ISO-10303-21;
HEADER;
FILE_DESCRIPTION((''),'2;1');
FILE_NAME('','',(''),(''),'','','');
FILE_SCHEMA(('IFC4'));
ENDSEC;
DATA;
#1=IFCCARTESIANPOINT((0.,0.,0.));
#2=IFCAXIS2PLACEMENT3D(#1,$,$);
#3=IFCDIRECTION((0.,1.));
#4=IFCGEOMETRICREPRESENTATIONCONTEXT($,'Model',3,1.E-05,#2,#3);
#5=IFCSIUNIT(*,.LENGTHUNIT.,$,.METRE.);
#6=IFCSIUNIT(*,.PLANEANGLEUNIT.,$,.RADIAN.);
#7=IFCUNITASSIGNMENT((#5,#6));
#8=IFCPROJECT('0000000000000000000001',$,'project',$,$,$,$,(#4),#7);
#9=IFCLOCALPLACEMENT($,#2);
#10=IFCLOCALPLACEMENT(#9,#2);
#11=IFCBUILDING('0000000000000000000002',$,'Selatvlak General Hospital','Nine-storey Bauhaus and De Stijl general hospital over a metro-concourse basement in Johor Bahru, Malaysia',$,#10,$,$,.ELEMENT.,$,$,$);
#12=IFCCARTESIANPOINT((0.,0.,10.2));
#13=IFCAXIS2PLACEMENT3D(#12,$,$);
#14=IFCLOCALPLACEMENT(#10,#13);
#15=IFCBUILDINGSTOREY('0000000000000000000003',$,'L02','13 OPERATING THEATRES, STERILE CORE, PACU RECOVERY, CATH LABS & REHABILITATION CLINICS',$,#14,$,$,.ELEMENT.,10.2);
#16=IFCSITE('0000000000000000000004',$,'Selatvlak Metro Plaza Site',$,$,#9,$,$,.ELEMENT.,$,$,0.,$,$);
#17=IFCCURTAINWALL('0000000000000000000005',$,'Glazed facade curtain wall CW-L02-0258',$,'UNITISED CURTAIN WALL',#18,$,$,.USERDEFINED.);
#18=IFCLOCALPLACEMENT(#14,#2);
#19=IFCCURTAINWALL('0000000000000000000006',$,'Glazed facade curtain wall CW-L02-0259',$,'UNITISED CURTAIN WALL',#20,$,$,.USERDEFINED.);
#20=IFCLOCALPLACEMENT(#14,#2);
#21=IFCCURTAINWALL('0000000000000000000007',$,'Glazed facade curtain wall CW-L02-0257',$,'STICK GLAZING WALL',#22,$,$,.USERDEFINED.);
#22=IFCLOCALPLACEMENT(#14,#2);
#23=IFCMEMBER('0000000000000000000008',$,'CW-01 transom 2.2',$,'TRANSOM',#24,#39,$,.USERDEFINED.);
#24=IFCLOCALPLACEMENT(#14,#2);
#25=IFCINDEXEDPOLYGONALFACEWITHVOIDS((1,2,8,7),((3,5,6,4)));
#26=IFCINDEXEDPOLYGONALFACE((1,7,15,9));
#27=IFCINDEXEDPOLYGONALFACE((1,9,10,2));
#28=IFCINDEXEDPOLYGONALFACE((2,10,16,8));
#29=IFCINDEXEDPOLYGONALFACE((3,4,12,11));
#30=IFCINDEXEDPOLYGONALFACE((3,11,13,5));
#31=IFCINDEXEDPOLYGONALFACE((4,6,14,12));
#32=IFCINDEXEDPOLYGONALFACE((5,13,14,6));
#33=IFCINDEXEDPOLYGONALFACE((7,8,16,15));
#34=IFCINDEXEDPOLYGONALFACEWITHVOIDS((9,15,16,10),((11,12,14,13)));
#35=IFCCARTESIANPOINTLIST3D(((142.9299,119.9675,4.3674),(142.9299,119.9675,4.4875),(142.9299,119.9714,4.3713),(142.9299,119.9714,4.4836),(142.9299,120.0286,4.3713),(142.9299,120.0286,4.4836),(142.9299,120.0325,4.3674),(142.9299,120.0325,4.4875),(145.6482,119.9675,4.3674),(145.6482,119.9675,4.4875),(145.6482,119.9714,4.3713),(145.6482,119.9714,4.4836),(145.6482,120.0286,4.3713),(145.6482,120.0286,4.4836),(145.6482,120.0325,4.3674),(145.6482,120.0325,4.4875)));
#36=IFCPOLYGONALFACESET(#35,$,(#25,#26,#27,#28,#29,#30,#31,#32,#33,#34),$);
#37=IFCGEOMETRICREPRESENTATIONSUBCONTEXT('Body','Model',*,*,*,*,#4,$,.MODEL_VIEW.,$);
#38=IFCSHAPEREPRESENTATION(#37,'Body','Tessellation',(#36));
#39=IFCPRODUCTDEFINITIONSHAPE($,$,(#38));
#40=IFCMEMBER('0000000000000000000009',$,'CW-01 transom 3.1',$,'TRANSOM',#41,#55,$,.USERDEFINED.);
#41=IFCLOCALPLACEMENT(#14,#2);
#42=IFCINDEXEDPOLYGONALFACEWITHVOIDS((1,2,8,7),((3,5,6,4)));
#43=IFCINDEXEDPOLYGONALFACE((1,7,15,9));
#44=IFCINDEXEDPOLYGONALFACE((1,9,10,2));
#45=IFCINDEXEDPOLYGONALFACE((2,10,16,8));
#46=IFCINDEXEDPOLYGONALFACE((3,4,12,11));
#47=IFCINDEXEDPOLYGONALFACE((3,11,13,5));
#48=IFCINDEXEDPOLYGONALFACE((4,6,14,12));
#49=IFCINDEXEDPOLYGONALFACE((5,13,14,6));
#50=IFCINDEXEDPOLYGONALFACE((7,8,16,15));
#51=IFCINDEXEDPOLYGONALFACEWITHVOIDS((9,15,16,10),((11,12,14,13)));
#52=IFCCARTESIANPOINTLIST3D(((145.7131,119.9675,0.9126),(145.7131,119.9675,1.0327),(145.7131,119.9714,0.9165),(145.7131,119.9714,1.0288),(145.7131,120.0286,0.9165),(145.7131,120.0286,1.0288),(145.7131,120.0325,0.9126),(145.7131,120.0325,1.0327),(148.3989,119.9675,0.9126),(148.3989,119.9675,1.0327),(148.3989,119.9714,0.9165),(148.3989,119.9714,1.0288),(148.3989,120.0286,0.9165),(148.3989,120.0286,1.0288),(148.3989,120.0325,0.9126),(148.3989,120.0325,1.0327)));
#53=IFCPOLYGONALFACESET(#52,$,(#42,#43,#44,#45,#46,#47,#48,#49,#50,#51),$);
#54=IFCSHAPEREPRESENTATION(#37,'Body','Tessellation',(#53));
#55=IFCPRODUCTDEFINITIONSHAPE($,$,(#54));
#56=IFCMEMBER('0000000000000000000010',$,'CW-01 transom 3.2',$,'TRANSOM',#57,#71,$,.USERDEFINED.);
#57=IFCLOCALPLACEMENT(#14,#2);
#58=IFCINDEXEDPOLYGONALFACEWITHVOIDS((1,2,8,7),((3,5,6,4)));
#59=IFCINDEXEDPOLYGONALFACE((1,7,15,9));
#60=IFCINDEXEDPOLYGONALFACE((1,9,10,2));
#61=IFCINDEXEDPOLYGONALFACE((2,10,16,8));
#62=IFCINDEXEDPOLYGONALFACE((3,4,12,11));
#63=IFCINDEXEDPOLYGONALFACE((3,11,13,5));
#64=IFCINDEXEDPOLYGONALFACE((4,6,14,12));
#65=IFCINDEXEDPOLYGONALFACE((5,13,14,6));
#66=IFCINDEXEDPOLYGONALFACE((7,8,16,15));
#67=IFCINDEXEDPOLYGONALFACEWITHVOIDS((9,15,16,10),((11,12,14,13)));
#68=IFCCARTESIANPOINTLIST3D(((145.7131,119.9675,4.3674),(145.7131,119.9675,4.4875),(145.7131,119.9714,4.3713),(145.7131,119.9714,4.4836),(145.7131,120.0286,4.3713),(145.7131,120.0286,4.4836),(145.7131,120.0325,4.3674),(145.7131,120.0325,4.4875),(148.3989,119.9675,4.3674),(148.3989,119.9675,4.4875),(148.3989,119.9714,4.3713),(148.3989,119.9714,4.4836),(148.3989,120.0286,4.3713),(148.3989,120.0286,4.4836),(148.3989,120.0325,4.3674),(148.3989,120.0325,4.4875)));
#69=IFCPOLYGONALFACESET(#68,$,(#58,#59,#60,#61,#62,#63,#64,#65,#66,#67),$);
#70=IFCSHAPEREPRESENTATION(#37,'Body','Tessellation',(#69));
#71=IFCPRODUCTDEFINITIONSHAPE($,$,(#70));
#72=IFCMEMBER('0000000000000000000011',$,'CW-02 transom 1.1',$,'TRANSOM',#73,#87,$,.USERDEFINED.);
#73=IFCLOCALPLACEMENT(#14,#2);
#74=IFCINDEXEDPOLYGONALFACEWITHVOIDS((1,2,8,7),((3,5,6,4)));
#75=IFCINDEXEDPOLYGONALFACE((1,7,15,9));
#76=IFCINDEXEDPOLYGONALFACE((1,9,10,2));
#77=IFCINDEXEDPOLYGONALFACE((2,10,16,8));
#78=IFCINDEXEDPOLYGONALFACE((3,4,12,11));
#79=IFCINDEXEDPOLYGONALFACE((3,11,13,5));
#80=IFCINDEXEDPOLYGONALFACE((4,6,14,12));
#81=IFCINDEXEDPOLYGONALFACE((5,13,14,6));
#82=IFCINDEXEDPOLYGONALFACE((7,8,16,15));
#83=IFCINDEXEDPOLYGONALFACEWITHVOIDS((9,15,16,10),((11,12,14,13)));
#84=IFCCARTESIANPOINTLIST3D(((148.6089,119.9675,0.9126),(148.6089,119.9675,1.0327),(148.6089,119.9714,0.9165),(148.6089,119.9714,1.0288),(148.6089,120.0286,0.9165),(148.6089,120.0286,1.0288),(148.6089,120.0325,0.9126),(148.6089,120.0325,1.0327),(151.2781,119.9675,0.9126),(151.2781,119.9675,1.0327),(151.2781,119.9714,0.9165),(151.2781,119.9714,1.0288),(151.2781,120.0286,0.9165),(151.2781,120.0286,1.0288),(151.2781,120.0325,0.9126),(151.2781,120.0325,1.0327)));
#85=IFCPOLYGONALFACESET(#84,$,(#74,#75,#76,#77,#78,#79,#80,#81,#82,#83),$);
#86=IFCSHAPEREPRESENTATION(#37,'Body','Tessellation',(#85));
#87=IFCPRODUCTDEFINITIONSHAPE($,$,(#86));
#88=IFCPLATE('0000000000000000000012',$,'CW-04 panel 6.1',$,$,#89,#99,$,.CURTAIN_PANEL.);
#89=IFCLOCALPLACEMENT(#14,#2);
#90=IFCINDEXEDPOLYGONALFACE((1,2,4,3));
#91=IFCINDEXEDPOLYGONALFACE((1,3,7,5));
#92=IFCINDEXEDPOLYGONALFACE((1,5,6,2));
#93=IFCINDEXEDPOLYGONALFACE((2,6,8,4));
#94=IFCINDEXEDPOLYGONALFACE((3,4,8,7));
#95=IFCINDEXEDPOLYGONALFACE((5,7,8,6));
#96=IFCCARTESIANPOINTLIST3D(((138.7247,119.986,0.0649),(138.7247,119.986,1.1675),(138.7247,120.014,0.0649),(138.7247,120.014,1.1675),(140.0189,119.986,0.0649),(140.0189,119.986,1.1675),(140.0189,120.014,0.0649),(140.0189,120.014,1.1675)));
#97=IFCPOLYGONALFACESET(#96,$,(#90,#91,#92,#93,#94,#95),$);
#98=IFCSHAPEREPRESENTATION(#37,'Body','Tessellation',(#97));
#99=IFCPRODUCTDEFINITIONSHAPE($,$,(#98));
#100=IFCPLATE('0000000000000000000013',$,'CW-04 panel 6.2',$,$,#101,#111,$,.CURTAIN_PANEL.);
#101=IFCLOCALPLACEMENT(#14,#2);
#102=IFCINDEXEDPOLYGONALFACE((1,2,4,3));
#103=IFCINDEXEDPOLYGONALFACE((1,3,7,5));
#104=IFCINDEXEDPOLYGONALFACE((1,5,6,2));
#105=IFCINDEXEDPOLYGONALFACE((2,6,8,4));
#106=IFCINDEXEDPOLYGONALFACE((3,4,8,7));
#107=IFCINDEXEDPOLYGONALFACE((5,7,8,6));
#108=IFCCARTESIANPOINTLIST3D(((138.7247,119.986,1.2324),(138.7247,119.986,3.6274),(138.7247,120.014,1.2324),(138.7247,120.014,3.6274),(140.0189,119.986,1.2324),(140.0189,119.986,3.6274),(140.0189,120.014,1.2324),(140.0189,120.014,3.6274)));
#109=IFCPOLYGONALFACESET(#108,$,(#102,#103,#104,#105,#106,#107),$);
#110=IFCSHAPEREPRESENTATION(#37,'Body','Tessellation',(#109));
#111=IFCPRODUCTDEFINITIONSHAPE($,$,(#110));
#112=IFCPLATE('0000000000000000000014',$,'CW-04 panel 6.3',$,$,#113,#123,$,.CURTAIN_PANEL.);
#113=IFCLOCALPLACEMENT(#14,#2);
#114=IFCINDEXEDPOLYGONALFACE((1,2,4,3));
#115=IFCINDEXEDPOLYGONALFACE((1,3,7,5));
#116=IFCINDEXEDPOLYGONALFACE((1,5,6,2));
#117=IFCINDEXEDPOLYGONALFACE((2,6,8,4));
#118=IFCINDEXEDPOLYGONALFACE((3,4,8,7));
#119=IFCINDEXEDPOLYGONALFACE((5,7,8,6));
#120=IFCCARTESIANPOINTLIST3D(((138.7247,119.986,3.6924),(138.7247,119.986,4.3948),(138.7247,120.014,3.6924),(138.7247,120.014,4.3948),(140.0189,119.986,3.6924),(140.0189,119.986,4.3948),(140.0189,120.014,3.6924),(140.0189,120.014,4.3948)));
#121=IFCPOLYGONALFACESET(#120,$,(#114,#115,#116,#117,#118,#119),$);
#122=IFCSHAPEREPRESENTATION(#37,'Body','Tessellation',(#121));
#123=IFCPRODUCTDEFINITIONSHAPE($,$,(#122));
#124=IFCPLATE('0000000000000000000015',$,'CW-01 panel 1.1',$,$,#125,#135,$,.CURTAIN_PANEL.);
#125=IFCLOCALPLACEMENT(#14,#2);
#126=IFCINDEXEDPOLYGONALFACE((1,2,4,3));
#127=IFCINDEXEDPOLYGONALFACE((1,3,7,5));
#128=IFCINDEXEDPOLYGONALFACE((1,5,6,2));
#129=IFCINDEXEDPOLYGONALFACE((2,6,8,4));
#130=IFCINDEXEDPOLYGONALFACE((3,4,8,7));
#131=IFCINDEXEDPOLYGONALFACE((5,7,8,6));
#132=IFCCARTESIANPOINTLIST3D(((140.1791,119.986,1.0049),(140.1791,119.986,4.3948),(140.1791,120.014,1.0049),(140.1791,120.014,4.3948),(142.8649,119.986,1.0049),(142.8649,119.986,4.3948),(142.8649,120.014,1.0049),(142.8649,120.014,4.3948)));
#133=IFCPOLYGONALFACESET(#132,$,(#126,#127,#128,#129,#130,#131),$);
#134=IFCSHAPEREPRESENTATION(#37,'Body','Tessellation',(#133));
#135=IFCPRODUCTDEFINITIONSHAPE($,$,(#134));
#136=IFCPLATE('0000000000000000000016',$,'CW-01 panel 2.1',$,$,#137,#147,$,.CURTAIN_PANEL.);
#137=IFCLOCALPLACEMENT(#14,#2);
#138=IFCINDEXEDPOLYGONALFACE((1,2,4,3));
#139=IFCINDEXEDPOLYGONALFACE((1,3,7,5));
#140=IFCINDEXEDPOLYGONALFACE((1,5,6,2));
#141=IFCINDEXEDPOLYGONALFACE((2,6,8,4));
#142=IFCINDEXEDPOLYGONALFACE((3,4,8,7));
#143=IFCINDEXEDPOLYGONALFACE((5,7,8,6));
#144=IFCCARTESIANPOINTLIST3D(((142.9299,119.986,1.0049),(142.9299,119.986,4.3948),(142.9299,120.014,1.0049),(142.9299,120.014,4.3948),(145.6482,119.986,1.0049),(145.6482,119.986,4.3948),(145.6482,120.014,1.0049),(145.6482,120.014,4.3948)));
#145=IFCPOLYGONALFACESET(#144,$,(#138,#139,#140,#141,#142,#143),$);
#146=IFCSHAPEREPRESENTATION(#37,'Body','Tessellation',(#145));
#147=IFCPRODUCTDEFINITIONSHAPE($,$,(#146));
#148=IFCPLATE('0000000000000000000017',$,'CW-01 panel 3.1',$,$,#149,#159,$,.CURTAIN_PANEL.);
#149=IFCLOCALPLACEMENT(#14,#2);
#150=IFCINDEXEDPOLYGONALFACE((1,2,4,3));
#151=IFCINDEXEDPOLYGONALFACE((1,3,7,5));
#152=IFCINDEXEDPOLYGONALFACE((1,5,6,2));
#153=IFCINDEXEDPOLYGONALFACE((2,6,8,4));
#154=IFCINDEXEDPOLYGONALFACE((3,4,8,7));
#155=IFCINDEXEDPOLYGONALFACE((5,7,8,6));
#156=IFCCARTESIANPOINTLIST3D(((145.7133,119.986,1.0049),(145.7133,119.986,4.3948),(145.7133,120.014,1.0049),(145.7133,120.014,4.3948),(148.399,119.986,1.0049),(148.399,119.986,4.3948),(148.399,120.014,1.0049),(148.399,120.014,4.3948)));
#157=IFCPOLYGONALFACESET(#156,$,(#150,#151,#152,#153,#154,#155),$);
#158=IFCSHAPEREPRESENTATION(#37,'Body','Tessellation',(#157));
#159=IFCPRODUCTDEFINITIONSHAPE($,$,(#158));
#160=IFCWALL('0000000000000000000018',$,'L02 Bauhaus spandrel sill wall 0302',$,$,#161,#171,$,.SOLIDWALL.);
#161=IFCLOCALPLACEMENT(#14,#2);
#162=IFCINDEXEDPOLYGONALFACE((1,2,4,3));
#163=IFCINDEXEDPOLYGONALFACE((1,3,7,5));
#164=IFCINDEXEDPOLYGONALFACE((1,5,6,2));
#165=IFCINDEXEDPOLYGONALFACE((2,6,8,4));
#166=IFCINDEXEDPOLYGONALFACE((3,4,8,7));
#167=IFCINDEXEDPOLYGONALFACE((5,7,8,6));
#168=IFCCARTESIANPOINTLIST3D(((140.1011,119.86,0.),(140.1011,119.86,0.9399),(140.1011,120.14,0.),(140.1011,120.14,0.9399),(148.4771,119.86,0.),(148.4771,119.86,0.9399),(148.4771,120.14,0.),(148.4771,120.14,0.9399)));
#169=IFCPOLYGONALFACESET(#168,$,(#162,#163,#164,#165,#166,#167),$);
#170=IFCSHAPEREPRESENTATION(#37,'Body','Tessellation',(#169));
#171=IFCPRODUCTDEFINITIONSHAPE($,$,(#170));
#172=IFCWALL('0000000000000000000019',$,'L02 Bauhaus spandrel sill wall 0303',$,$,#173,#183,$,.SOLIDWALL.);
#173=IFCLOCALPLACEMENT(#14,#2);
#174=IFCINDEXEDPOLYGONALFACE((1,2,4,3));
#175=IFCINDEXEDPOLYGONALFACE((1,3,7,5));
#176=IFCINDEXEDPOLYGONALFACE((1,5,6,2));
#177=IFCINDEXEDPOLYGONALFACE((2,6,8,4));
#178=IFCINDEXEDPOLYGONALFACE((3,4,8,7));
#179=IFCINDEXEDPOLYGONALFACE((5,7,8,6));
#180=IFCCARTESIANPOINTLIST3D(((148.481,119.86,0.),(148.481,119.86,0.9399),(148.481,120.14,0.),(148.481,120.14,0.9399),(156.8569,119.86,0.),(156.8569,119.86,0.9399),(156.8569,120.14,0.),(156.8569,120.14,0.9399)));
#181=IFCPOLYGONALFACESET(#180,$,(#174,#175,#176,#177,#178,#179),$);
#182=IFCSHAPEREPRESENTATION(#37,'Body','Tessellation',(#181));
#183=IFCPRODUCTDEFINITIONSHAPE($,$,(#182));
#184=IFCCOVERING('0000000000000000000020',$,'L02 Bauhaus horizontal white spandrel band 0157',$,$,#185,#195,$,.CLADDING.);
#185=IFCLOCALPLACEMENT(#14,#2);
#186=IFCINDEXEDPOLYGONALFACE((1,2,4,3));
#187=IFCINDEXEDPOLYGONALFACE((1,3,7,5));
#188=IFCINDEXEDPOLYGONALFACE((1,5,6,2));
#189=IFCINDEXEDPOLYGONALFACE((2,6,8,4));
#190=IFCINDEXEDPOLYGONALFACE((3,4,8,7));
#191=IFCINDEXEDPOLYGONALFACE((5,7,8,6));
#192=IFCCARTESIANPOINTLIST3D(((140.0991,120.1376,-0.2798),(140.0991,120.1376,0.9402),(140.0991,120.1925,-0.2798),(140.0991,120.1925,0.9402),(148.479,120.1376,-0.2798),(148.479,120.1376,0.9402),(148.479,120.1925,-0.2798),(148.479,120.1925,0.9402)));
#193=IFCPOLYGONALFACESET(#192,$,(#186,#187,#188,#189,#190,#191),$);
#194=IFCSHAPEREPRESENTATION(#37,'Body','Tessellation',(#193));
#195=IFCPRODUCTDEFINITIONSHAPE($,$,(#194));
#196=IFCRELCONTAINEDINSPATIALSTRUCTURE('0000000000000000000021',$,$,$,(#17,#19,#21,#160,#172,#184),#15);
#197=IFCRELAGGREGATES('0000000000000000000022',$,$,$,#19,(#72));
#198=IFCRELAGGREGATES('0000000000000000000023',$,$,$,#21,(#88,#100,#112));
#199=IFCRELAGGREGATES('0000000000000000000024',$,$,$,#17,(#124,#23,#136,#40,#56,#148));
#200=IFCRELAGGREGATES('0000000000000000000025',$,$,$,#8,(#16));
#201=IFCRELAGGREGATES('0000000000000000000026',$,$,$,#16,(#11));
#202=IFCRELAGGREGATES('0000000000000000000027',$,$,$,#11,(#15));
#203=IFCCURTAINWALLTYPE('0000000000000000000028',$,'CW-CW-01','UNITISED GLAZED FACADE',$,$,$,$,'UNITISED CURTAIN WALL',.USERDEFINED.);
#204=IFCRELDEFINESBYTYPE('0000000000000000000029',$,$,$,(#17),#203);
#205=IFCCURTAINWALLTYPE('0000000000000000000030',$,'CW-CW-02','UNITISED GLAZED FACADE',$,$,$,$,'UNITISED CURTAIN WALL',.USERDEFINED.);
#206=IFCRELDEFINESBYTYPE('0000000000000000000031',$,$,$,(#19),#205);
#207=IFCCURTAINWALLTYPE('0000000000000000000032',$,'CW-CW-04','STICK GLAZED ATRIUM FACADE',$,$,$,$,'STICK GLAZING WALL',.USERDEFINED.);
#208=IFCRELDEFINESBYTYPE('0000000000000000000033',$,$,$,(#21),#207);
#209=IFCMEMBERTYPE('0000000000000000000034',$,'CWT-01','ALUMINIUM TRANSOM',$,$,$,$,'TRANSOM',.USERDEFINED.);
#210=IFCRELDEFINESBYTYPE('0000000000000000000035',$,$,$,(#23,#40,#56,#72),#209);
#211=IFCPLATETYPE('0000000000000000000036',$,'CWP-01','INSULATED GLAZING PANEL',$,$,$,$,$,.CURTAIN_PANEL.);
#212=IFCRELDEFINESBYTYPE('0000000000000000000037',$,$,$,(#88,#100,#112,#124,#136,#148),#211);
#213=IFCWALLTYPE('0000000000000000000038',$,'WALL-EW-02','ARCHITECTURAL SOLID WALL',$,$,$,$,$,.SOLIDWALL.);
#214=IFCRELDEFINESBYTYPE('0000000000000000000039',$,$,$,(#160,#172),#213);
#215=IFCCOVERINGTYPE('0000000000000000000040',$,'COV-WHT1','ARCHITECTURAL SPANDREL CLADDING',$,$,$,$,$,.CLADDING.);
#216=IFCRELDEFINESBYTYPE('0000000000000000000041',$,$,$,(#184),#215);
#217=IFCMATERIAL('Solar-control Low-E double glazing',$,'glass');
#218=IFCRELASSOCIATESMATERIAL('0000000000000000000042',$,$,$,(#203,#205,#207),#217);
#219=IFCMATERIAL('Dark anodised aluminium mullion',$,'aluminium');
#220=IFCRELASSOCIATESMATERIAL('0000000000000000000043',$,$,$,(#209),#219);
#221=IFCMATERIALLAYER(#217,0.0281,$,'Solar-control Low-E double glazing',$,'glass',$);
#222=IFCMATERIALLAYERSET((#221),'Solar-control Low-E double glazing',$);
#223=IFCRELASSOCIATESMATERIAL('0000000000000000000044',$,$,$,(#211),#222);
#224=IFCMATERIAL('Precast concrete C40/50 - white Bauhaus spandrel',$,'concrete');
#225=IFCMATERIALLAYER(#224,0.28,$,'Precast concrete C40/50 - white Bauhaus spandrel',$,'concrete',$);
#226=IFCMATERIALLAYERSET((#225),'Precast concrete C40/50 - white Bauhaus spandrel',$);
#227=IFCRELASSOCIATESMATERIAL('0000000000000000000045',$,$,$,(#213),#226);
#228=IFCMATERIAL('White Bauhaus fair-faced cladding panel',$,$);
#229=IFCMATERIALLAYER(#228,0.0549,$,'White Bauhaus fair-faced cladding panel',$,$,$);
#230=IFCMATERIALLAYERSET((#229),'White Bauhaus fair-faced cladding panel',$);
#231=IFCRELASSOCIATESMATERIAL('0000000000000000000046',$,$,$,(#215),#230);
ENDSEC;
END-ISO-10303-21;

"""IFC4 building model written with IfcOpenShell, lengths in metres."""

from ifc_helpers import new_model, si_unit, direction, frame, frame_2d, origin, origin_2d, place, context, subcontext, project, spatial, rectangle, hollow_rectangle, extrude, material, layer, layer_set, material_profile, profile_set, type_object, element, aggregate, save


model = new_model("IFC4")

# Units and contexts
model_context = context("Model", 3, precision=1e-05, world=origin(), true_north=direction((0.0, 1.0)))
body_context = subcontext(model_context, "Body", "Model", "MODEL_VIEW")
ifc_project = project(units=[si_unit("LENGTHUNIT", "METRE"), si_unit("PLANEANGLEUNIT", "RADIAN")], contexts=[model_context])

# Site, building, storey
site_placement = place(None, origin())
site = spatial("IfcSite", under=ifc_project, at=site_placement, Name="Selatvlak Metro Plaza Site", CompositionType="ELEMENT", RefElevation=0.0)
building_placement = place(site_placement, origin())
building = spatial("IfcBuilding", under=site, at=building_placement, Name="Selatvlak General Hospital", Description="Nine-storey Bauhaus and De Stijl general hospital over a metro-concourse basement in Johor Bahru, Malaysia", CompositionType="ELEMENT")
storey_placement = place(building_placement, frame((0.0, 0.0, 10.2)))
storey = spatial("IfcBuildingStorey", under=building, at=storey_placement, Name="L02", Description="13 OPERATING THEATRES, STERILE CORE, PACU RECOVERY, CATH LABS & REHABILITATION CLINICS", CompositionType="ELEMENT", Elevation=10.2)

# Curtain wall
ifc_material_1 = material(Name="Solar-control Low-E double glazing", Category="glass")
curtain_wall_type_1 = type_object("IfcCurtainWallType", Name="CW-CW-01", Description="UNITISED GLAZED FACADE", ElementType="UNITISED CURTAIN WALL", PredefinedType="USERDEFINED", material=ifc_material_1)
curtain_wall_1_placement = place(storey_placement, origin())
curtain_wall_1 = element("IfcCurtainWall", 1, at=curtain_wall_1_placement, inside=storey, type_object=curtain_wall_type_1, Name="Glazed facade curtain wall CW-L02-0258", ObjectType="UNITISED CURTAIN WALL", PredefinedType="USERDEFINED")
ifc_material_2 = material(Name="Dark anodised aluminium mullion", Category="aluminium")

# Curtain wall
curtain_wall_type_2 = type_object("IfcCurtainWallType", Name="CW-CW-02", Description="UNITISED GLAZED FACADE", ElementType="UNITISED CURTAIN WALL", PredefinedType="USERDEFINED", material=ifc_material_1)
curtain_wall_2_placement = place(storey_placement, origin())
curtain_wall_2 = element("IfcCurtainWall", 2, at=curtain_wall_2_placement, inside=storey, type_object=curtain_wall_type_2, Name="Glazed facade curtain wall CW-L02-0259", ObjectType="UNITISED CURTAIN WALL", PredefinedType="USERDEFINED")

# Curtain wall
curtain_wall_type_3 = type_object("IfcCurtainWallType", Name="CW-CW-04", Description="STICK GLAZED ATRIUM FACADE", ElementType="STICK GLAZING WALL", PredefinedType="USERDEFINED", material=ifc_material_1)
curtain_wall_3_placement = place(storey_placement, origin())
curtain_wall_3 = element("IfcCurtainWall", 3, at=curtain_wall_3_placement, inside=storey, type_object=curtain_wall_type_3, Name="Glazed facade curtain wall CW-L02-0257", ObjectType="STICK GLAZING WALL", PredefinedType="USERDEFINED")
ifc_material_profile_1 = material_profile(ifc_material_2, hollow_rectangle(XDim=0.0649, YDim=0.1201, WallThickness=0.0039, at=origin_2d()), Name="AL-TRN 65x120x4")
ifc_profile_set_1 = profile_set([ifc_material_profile_1], Name="Dark anodised aluminium mullion")
member_type_1 = type_object("IfcMemberType", Name="CWT-01", Description="ALUMINIUM TRANSOM", ElementType="TRANSOM", PredefinedType="USERDEFINED", material=ifc_profile_set_1)

# Members
member_1_placement = place(storey_placement, frame((142.9299, 120.0, 4.4275), z_axis=(1.0, 0.0, 0.0), x_axis=(0.0, 1.0, 0.0)))
member_1 = element("IfcMember", 4, at=member_1_placement, type_object=member_type_1, Name="CW-01 transom 2.2", ObjectType="TRANSOM", PredefinedType="USERDEFINED", context=body_context, shape_type="SweptSolid", body=[
    extrude(hollow_rectangle(XDim=0.0649, YDim=0.1201, WallThickness=0.0039, at=origin_2d()), origin(), (0.0, 0.0, 1.0), 2.7183),
])
member_2_placement = place(storey_placement, frame((145.7131, 120.0, 0.9727), z_axis=(1.0, 0.0, 0.0), x_axis=(0.0, 1.0, 0.0)))
member_2 = element("IfcMember", 5, at=member_2_placement, type_object=member_type_1, Name="CW-01 transom 3.1", ObjectType="TRANSOM", PredefinedType="USERDEFINED", context=body_context, shape_type="SweptSolid", body=[
    extrude(hollow_rectangle(XDim=0.0649, YDim=0.1201, WallThickness=0.0039, at=origin_2d()), origin(), (0.0, 0.0, 1.0), 2.6858),
])
member_3_placement = place(storey_placement, frame((145.7131, 120.0, 4.4275), z_axis=(1.0, 0.0, 0.0), x_axis=(0.0, 1.0, 0.0)))
member_3 = element("IfcMember", 6, at=member_3_placement, type_object=member_type_1, Name="CW-01 transom 3.2", ObjectType="TRANSOM", PredefinedType="USERDEFINED", context=body_context, shape_type="SweptSolid", body=[
    extrude(hollow_rectangle(XDim=0.0649, YDim=0.1201, WallThickness=0.0039, at=origin_2d()), origin(), (0.0, 0.0, 1.0), 2.6858),
])
member_4_placement = place(storey_placement, frame((148.6089, 120.0, 0.9727), z_axis=(1.0, 0.0, 0.0), x_axis=(0.0, 1.0, 0.0)))
member_4 = element("IfcMember", 7, at=member_4_placement, type_object=member_type_1, Name="CW-02 transom 1.1", ObjectType="TRANSOM", PredefinedType="USERDEFINED", context=body_context, shape_type="SweptSolid", body=[
    extrude(hollow_rectangle(XDim=0.0649, YDim=0.1201, WallThickness=0.0039, at=origin_2d()), origin(), (0.0, 0.0, 1.0), 2.6692),
])
aggregate(curtain_wall_2, [member_4])

# Plates
ifc_layer_1 = layer(ifc_material_1, 0.0281, Name="Solar-control Low-E double glazing", Category="glass")
ifc_layer_set_1 = layer_set([ifc_layer_1], Name="Solar-control Low-E double glazing")
plate_type = type_object("IfcPlateType", Name="CWP-01", Description="INSULATED GLAZING PANEL", PredefinedType="CURTAIN_PANEL", material=ifc_layer_set_1)
plate_1_placement = place(storey_placement, frame((139.3718, 120.0, 0.0649), z_axis=(0.0, 0.0, 1.0), x_axis=(1.0, 0.0, 0.0)))
plate_1 = element("IfcPlate", 8, at=plate_1_placement, type_object=plate_type, Name="CW-04 panel 6.1", PredefinedType="CURTAIN_PANEL", context=body_context, shape_type="SweptSolid", body=[
    extrude(rectangle(XDim=1.2942, YDim=0.0281, at=origin_2d()), origin(), (0.0, 0.0, 1.0), 1.1025),
])
plate_2_placement = place(storey_placement, frame((139.3718, 120.0, 1.2324), z_axis=(0.0, 0.0, 1.0), x_axis=(1.0, 0.0, 0.0)))
plate_2 = element("IfcPlate", 9, at=plate_2_placement, type_object=plate_type, Name="CW-04 panel 6.2", PredefinedType="CURTAIN_PANEL", context=body_context, shape_type="SweptSolid", body=[
    extrude(rectangle(XDim=1.2942, YDim=0.0281, at=origin_2d()), origin(), (0.0, 0.0, 1.0), 2.395),
])
plate_3_placement = place(storey_placement, frame((139.3718, 120.0, 3.6924), z_axis=(0.0, 0.0, 1.0), x_axis=(1.0, 0.0, 0.0)))
plate_3 = element("IfcPlate", 10, at=plate_3_placement, type_object=plate_type, Name="CW-04 panel 6.3", PredefinedType="CURTAIN_PANEL", context=body_context, shape_type="SweptSolid", body=[
    extrude(rectangle(XDim=1.2942, YDim=0.0281, at=origin_2d()), origin(), (0.0, 0.0, 1.0), 0.7024),
])
aggregate(curtain_wall_3, [plate_1, plate_2, plate_3])
plate_4_placement = place(storey_placement, frame((141.522, 120.0, 1.0049), z_axis=(0.0, 0.0, 1.0), x_axis=(1.0, 0.0, 0.0)))
plate_4 = element("IfcPlate", 11, at=plate_4_placement, type_object=plate_type, Name="CW-01 panel 1.1", PredefinedType="CURTAIN_PANEL", context=body_context, shape_type="SweptSolid", body=[
    extrude(rectangle(XDim=2.6858, YDim=0.0281, at=origin_2d()), origin(), (0.0, 0.0, 1.0), 3.3899),
])
plate_5_placement = place(storey_placement, frame((144.2891, 120.0, 1.0049), z_axis=(0.0, 0.0, 1.0), x_axis=(1.0, 0.0, 0.0)))
plate_5 = element("IfcPlate", 12, at=plate_5_placement, type_object=plate_type, Name="CW-01 panel 2.1", PredefinedType="CURTAIN_PANEL", context=body_context, shape_type="SweptSolid", body=[
    extrude(rectangle(XDim=2.7183, YDim=0.0281, at=origin_2d()), origin(), (0.0, 0.0, 1.0), 3.3899),
])
plate_6_placement = place(storey_placement, frame((147.0562, 120.0, 1.0049), z_axis=(0.0, 0.0, 1.0), x_axis=(1.0, 0.0, 0.0)))
plate_6 = element("IfcPlate", 13, at=plate_6_placement, type_object=plate_type, Name="CW-01 panel 3.1", PredefinedType="CURTAIN_PANEL", context=body_context, shape_type="SweptSolid", body=[
    extrude(rectangle(XDim=2.6858, YDim=0.0281, at=origin_2d()), origin(), (0.0, 0.0, 1.0), 3.3899),
])
aggregate(curtain_wall_1, [plate_4, member_1, plate_5, member_2, member_3, plate_6])

# Walls
ifc_material_3 = material(Name="Precast concrete C40/50 - white Bauhaus spandrel", Category="concrete")
ifc_layer_2 = layer(ifc_material_3, 0.28, Name="Precast concrete C40/50 - white Bauhaus spandrel", Category="concrete")
ifc_layer_set_2 = layer_set([ifc_layer_2], Name="Precast concrete C40/50 - white Bauhaus spandrel")
wall_type = type_object("IfcWallType", Name="WALL-EW-02", Description="ARCHITECTURAL SOLID WALL", PredefinedType="SOLIDWALL", material=ifc_layer_set_2)
for number, where, z_axis, x_axis, name in (
    (14, (140.1011, 120.0, 0.0), (0.0, 0.0, 1.0), (1.0, 0.0, 0.0), "L02 Bauhaus spandrel sill wall 0302"),
    (15, (148.481, 120.0, 0.0), (0.0, 0.0, 1.0), (1.0, 0.0, 0.0), "L02 Bauhaus spandrel sill wall 0303"),
):
    element("IfcWall", number, at=place(storey_placement, frame(where, z_axis=z_axis, x_axis=x_axis)), inside=storey, type_object=wall_type, Name=name, PredefinedType="SOLIDWALL", context=body_context, shape_type="SweptSolid", body=[
        extrude(rectangle(XDim=8.376, YDim=0.28, at=frame_2d((4.188, 0.0))), origin(), (0.0, 0.0, 1.0), 0.9399),
    ])

# Covering
ifc_material_4 = material(Name="White Bauhaus fair-faced cladding panel")
ifc_layer_3 = layer(ifc_material_4, 0.0549, Name="White Bauhaus fair-faced cladding panel")
ifc_layer_set_3 = layer_set([ifc_layer_3], Name="White Bauhaus fair-faced cladding panel")
covering_type = type_object("IfcCoveringType", Name="COV-WHT1", Description="ARCHITECTURAL SPANDREL CLADDING", PredefinedType="CLADDING", material=ifc_layer_set_3)
covering_placement = place(storey_placement, frame((144.2891, 120.165, -0.2798), z_axis=(0.0, 0.0, 1.0), x_axis=(1.0, 0.0, 0.0)))
element("IfcCovering", 16, at=covering_placement, inside=storey, type_object=covering_type, Name="L02 Bauhaus horizontal white spandrel band 0157", PredefinedType="CLADDING", context=body_context, shape_type="SweptSolid", body=[
    extrude(rectangle(XDim=8.3799, YDim=0.0549, at=origin_2d()), origin(), (0.0, 0.0, 1.0), 1.22),
])

save(model, "model.ifc")
